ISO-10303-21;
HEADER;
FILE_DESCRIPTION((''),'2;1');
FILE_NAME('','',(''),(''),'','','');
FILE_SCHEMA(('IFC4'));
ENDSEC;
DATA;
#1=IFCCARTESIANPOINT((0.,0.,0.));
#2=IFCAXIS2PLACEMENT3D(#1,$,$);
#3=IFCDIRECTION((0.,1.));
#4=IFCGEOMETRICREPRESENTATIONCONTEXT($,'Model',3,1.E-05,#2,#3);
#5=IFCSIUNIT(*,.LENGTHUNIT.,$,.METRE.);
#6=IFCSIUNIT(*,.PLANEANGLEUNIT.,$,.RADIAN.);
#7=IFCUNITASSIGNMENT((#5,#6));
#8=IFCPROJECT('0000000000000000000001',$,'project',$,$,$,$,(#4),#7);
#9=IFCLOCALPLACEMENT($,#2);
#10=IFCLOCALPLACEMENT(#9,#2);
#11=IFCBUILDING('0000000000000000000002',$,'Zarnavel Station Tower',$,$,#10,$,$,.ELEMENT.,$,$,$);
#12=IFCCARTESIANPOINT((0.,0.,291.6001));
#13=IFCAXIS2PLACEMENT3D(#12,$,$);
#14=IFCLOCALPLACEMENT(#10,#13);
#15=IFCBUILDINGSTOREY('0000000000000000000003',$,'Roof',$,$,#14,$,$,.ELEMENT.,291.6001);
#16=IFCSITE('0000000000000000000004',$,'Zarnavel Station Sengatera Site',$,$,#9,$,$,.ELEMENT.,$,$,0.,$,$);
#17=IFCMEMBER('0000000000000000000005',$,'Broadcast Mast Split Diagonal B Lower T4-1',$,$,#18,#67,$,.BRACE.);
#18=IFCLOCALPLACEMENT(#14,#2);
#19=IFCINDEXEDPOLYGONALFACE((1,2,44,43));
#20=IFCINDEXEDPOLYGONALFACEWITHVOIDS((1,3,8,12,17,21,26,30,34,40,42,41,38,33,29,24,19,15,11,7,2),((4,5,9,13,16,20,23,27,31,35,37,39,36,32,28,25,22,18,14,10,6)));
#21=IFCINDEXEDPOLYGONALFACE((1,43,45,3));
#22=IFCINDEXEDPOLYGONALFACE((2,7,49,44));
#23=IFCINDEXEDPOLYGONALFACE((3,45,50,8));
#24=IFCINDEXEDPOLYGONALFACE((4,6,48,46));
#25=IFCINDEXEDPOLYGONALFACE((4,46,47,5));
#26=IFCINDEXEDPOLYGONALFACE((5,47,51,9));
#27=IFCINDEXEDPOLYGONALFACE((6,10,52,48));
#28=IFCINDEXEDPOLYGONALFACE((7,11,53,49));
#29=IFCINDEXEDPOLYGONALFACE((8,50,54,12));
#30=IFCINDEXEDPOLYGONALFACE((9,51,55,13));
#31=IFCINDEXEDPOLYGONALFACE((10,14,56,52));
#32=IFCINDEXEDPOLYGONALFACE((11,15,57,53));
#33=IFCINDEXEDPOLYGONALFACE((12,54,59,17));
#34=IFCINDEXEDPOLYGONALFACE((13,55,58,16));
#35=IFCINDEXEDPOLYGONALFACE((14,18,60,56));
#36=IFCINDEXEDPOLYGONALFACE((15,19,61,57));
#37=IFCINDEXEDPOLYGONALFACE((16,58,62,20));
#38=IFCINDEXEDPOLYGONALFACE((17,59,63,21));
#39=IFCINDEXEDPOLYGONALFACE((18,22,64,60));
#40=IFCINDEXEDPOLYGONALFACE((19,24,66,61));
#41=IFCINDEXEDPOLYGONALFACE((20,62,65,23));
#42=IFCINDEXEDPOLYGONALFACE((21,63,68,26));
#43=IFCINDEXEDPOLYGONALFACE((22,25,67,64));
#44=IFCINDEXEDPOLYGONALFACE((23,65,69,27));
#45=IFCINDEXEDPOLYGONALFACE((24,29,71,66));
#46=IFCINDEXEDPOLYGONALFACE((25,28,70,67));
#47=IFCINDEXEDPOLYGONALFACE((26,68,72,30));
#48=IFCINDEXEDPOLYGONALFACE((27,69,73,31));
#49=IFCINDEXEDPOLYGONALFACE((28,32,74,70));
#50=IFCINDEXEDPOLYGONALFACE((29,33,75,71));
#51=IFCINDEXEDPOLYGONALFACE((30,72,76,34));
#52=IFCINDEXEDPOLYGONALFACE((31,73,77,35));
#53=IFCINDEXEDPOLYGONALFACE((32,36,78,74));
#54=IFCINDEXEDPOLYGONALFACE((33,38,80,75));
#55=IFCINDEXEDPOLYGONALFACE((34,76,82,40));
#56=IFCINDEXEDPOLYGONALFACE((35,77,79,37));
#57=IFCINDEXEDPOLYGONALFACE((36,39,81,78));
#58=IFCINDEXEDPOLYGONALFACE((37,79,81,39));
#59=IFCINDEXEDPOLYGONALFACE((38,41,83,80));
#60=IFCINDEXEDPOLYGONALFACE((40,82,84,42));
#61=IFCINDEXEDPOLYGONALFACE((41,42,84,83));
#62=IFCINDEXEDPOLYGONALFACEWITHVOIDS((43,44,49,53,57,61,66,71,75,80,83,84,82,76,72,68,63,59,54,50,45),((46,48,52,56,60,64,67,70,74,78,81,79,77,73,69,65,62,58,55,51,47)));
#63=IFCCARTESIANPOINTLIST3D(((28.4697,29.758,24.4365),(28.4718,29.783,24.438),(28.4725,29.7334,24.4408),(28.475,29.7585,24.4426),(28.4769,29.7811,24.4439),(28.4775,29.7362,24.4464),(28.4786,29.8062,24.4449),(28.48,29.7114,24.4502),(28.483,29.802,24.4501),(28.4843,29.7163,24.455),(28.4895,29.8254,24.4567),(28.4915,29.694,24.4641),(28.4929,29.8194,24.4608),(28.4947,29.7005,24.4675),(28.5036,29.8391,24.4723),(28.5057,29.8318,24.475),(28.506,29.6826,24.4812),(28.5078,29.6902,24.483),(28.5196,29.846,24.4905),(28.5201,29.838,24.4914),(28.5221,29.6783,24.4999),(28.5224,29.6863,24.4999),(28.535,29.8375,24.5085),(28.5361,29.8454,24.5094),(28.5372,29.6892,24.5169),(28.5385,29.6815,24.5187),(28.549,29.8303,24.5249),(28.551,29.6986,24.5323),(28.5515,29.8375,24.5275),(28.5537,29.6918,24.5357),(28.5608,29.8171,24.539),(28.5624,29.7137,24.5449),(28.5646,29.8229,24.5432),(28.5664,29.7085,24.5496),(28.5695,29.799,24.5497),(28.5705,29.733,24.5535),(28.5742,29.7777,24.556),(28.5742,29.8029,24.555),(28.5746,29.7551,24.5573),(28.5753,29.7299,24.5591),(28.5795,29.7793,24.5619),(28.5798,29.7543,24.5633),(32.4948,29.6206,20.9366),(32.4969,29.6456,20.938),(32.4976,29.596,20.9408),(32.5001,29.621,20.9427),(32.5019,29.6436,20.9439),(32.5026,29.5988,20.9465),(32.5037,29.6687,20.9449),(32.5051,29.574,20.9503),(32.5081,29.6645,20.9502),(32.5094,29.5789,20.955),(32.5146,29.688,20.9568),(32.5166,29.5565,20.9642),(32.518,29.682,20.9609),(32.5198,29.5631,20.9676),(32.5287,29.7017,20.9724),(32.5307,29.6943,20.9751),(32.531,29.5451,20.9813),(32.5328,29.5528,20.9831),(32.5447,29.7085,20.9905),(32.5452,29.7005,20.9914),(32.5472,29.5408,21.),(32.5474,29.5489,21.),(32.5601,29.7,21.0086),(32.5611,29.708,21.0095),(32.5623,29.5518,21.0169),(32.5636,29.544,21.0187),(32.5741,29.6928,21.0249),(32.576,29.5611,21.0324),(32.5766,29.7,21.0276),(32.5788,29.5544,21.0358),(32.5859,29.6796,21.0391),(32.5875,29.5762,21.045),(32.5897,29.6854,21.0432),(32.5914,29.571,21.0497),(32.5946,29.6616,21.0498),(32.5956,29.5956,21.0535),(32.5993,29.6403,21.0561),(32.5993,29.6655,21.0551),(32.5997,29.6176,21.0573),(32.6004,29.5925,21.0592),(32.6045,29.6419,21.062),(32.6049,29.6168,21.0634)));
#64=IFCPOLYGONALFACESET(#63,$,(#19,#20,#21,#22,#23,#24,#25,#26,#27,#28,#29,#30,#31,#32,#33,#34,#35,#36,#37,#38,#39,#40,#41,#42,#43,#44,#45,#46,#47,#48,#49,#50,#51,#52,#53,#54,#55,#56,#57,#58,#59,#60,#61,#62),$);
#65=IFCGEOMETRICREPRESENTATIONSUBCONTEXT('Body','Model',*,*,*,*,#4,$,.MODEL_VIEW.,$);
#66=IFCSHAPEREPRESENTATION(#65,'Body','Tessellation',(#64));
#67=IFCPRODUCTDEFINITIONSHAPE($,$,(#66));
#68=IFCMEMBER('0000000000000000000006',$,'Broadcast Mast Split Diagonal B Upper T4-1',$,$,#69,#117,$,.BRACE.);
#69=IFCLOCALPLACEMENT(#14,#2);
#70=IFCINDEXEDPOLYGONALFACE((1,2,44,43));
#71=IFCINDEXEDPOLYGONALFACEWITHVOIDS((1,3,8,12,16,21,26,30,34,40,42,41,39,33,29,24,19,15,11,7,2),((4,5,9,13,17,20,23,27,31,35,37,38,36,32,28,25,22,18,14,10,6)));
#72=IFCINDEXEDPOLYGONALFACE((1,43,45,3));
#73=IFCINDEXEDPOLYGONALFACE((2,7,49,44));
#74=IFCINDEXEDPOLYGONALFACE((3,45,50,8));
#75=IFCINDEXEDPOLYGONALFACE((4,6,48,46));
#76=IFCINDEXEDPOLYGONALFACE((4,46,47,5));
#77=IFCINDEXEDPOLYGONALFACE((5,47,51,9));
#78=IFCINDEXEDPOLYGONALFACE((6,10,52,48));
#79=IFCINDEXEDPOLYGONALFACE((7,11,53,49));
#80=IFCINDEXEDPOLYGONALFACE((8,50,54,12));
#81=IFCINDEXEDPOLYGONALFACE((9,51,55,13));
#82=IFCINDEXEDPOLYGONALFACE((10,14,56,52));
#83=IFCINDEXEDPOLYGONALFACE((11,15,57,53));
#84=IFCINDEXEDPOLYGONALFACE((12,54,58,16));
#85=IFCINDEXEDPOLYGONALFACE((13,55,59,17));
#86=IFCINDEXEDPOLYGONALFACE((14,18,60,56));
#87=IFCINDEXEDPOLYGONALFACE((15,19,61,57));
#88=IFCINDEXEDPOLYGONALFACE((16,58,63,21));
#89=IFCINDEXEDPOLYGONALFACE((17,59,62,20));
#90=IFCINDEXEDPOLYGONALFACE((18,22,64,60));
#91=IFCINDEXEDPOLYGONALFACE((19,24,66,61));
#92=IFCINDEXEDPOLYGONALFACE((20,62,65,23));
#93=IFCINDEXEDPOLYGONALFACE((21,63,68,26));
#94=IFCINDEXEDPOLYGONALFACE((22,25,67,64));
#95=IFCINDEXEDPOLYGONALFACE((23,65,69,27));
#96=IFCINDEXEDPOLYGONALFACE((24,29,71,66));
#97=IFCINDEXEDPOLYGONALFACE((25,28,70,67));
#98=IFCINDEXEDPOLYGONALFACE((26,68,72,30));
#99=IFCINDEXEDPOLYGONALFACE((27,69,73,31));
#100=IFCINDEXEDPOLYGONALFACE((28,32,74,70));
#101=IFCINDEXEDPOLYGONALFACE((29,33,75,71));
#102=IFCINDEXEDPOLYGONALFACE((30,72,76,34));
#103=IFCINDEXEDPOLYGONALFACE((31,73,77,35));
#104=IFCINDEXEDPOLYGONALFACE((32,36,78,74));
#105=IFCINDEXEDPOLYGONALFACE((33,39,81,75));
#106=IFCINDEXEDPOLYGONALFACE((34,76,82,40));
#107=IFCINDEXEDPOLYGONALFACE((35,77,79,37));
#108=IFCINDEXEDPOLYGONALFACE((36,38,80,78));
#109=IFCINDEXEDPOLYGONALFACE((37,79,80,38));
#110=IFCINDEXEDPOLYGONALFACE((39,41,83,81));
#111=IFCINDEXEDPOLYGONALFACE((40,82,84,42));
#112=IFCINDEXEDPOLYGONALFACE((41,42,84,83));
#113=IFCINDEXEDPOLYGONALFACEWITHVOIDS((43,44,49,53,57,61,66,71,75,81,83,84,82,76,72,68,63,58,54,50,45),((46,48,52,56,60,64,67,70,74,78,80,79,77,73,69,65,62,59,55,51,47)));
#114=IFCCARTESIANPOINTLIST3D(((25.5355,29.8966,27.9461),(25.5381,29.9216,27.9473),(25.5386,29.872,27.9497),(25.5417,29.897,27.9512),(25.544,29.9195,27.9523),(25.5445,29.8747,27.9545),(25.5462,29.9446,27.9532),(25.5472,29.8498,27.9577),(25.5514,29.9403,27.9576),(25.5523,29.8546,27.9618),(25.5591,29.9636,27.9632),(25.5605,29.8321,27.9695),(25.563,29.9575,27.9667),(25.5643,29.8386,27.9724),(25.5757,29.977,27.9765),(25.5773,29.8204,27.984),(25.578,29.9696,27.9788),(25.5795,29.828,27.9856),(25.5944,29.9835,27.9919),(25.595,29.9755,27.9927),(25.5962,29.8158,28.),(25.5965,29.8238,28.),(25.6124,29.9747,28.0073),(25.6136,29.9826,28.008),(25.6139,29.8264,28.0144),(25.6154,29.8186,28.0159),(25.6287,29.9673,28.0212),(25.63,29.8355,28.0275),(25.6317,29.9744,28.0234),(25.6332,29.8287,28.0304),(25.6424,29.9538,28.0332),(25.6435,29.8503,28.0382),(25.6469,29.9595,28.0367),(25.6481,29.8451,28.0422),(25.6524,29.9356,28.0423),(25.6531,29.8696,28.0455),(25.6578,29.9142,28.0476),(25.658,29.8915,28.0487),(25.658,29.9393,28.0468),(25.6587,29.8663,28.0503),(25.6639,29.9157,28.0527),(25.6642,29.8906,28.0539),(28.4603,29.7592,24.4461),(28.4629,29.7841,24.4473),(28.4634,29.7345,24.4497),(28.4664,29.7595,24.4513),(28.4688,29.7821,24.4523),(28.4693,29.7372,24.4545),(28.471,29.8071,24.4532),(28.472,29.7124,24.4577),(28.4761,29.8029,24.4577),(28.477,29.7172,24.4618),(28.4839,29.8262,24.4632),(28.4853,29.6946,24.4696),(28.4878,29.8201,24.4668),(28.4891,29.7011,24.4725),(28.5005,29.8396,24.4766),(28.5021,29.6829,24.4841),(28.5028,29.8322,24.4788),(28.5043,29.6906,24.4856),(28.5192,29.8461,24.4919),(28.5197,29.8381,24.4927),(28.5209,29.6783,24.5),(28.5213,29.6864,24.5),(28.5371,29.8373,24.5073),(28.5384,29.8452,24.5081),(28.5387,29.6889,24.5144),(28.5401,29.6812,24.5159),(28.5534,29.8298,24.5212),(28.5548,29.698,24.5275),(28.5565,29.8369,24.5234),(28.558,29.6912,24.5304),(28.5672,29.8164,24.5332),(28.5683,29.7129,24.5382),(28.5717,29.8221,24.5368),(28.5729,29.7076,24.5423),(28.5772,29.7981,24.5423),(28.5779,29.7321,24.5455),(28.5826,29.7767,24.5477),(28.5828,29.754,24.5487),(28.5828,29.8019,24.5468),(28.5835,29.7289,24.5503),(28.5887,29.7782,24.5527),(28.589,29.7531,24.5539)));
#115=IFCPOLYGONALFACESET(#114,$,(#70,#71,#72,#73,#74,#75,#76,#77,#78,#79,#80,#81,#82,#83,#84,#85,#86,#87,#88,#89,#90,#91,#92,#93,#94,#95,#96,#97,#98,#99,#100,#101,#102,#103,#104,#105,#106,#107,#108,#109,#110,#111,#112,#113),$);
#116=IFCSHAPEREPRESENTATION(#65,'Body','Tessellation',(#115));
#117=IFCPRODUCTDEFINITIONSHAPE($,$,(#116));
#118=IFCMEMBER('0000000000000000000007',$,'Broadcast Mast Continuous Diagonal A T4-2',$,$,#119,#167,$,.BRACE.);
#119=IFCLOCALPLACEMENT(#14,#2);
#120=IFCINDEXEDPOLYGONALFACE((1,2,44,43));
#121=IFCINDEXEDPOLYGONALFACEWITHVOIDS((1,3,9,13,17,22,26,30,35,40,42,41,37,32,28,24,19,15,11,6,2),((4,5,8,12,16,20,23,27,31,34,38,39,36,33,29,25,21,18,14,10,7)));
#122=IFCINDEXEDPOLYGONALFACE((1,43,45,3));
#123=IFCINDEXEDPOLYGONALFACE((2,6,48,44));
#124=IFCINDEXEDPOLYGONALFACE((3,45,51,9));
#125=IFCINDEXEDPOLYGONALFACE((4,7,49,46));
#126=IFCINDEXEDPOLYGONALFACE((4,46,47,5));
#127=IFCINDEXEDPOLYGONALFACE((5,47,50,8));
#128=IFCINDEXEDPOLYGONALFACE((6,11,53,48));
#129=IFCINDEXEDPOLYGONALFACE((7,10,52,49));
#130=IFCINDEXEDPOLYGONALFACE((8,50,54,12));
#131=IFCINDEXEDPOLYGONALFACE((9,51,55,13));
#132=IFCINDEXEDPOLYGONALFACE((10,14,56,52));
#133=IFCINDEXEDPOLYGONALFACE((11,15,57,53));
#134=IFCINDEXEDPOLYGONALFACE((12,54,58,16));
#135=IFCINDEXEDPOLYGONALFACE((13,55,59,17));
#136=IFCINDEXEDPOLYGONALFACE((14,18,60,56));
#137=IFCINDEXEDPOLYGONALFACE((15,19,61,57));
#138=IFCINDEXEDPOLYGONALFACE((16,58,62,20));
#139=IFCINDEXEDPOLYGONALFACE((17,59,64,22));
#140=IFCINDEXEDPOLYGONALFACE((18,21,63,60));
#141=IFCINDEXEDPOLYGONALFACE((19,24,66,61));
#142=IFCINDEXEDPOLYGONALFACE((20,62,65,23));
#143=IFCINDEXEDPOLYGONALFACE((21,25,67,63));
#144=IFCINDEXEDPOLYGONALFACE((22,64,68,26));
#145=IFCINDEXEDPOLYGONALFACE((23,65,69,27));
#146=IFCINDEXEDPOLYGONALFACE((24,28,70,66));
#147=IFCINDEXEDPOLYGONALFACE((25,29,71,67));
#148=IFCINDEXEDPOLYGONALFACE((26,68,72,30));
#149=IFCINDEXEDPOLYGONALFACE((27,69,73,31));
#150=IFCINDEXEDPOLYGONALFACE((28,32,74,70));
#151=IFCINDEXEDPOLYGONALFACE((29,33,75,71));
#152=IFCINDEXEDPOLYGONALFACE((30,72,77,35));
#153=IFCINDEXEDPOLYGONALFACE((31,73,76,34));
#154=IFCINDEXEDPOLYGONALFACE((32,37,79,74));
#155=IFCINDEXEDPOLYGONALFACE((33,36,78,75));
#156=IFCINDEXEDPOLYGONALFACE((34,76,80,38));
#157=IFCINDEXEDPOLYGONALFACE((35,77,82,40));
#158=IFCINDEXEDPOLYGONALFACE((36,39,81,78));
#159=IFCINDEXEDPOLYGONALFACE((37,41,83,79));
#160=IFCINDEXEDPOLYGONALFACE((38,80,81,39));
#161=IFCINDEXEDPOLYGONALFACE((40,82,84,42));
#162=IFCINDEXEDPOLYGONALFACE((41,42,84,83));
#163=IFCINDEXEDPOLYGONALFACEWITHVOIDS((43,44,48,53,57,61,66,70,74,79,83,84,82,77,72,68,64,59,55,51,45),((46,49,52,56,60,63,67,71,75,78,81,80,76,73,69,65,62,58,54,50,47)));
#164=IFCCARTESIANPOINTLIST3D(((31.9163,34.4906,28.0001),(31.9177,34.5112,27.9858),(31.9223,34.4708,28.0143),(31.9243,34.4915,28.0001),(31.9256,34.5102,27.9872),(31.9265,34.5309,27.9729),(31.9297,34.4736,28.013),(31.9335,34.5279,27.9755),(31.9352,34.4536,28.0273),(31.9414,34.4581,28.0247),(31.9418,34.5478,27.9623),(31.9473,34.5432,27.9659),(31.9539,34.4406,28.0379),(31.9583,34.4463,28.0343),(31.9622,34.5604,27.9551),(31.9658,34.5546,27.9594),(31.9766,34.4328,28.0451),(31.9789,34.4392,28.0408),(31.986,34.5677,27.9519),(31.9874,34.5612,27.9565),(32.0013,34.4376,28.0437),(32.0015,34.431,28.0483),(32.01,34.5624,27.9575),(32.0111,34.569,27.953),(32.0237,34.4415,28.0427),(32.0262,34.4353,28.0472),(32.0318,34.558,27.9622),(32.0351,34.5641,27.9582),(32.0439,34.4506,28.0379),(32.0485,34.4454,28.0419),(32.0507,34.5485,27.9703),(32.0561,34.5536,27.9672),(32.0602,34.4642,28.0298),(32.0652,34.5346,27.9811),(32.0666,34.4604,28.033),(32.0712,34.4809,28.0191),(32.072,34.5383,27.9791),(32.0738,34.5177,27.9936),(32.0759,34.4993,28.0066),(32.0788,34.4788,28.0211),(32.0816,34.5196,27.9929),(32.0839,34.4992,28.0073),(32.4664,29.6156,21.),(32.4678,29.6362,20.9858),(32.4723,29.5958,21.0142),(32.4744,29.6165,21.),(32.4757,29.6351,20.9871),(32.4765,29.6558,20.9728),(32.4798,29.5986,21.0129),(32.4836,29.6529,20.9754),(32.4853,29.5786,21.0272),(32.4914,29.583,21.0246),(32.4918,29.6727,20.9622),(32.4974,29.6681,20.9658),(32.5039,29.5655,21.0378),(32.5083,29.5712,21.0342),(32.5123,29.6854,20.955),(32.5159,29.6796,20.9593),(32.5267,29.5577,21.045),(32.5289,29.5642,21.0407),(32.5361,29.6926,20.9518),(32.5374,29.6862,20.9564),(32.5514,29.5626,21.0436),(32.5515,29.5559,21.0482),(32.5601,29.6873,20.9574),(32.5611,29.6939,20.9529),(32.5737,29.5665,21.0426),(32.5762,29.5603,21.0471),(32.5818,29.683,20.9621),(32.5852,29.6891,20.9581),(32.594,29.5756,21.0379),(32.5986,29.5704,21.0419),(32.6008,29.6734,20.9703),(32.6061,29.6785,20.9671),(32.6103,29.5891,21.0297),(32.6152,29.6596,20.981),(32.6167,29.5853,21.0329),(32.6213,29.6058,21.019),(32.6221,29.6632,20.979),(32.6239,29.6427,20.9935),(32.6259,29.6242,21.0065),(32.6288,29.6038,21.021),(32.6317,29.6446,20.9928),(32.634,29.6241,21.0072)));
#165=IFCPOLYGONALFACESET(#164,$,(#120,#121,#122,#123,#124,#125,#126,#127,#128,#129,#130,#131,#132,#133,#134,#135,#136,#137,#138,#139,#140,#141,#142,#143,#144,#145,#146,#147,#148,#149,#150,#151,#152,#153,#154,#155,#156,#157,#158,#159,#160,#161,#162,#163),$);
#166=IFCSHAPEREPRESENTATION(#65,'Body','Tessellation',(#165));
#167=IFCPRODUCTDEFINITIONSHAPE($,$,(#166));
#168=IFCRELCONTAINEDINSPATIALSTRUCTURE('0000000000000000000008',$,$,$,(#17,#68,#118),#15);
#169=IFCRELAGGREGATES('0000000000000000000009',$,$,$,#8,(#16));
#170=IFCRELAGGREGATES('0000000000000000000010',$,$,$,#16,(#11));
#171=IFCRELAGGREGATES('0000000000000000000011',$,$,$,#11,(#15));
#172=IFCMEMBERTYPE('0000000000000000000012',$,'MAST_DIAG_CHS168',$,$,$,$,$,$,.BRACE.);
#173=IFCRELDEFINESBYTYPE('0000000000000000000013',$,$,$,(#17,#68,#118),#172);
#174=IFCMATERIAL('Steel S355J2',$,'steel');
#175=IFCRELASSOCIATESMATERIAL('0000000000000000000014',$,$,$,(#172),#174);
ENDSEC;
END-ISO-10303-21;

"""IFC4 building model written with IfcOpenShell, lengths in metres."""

from ifc_helpers import new_model, si_unit, direction, frame, origin, origin_2d, place, context, subcontext, project, spatial, hollow_circle, extrude, material, material_profile, profile_set, type_object, element, save


model = new_model("IFC4")

# Units and contexts
model_context = context("Model", 3, precision=1e-05, world=origin(), true_north=direction((0.0, 1.0)))
body_context = subcontext(model_context, "Body", "Model", "MODEL_VIEW")
ifc_project = project(units=[si_unit("LENGTHUNIT", "METRE"), si_unit("PLANEANGLEUNIT", "RADIAN")], contexts=[model_context])

# Site, building, storey
site_placement = place(None, origin())
site = spatial("IfcSite", under=ifc_project, at=site_placement, Name="Zarnavel Station Sengatera Site", CompositionType="ELEMENT", RefElevation=0.0)
building_placement = place(site_placement, origin())
building = spatial("IfcBuilding", under=site, at=building_placement, Name="Zarnavel Station Tower", CompositionType="ELEMENT")
storey_placement = place(building_placement, frame((0.0, 0.0, 291.6001)))
storey = spatial("IfcBuildingStorey", under=building, at=storey_placement, Name="Roof", CompositionType="ELEMENT", Elevation=291.6001)

# Members
ifc_material_1 = material(Name="Steel S355J2", Category="steel")
ifc_material_profile_1 = material_profile(ifc_material_1, hollow_circle(Radius=0.0842, WallThickness=0.0081, at=origin_2d()), Name="CHS168.3x8")
ifc_profile_set_1 = profile_set([ifc_material_profile_1], Name="Steel S355J2")
member_type_1 = type_object("IfcMemberType", Name="MAST_DIAG_CHS168", PredefinedType="BRACE", material=ifc_profile_set_1)
member_1_placement = place(storey_placement, frame((32.55, 29.625, 21.0), z_axis=(-0.754367, 0.02576, 0.655947), x_axis=(-0.034128, -0.999417, 0.0)))
element("IfcMember", 1, at=member_1_placement, inside=storey, type_object=member_type_1, Name="Broadcast Mast Split Diagonal B Lower T4-1", PredefinedType="BRACE", context=body_context, shape_type="SweptSolid", body=[
    extrude(hollow_circle(Radius=0.0842, WallThickness=0.0081, at=origin_2d()), origin(), (0.0, 0.0, 1.0), 5.3357),
])
member_2_placement = place(storey_placement, frame((28.5249, 29.7625, 24.5), z_axis=(-0.640946, 0.030121, 0.766995), x_axis=(-0.046943, -0.998898, 0.0)))
element("IfcMember", 2, at=member_2_placement, inside=storey, type_object=member_type_1, Name="Broadcast Mast Split Diagonal B Upper T4-1", PredefinedType="BRACE", context=body_context, shape_type="SweptSolid", body=[
    extrude(hollow_circle(Radius=0.0842, WallThickness=0.0081, at=origin_2d()), origin(), (0.0, 0.0, 1.0), 4.5632),
])
member_3_placement = place(storey_placement, frame((32.55, 29.625, 21.0), z_axis=(-0.064348, 0.570309, 0.818906), x_axis=(-0.993695, -0.112119, 0.0)))
element("IfcMember", 3, at=member_3_placement, inside=storey, type_object=member_type_1, Name="Broadcast Mast Continuous Diagonal A T4-2", PredefinedType="BRACE", context=body_context, shape_type="SweptSolid", body=[
    extrude(hollow_circle(Radius=0.0842, WallThickness=0.0081, at=origin_2d()), origin(), (0.0, 0.0, 1.0), 8.5481),
])

save(model, "model.ifc")
